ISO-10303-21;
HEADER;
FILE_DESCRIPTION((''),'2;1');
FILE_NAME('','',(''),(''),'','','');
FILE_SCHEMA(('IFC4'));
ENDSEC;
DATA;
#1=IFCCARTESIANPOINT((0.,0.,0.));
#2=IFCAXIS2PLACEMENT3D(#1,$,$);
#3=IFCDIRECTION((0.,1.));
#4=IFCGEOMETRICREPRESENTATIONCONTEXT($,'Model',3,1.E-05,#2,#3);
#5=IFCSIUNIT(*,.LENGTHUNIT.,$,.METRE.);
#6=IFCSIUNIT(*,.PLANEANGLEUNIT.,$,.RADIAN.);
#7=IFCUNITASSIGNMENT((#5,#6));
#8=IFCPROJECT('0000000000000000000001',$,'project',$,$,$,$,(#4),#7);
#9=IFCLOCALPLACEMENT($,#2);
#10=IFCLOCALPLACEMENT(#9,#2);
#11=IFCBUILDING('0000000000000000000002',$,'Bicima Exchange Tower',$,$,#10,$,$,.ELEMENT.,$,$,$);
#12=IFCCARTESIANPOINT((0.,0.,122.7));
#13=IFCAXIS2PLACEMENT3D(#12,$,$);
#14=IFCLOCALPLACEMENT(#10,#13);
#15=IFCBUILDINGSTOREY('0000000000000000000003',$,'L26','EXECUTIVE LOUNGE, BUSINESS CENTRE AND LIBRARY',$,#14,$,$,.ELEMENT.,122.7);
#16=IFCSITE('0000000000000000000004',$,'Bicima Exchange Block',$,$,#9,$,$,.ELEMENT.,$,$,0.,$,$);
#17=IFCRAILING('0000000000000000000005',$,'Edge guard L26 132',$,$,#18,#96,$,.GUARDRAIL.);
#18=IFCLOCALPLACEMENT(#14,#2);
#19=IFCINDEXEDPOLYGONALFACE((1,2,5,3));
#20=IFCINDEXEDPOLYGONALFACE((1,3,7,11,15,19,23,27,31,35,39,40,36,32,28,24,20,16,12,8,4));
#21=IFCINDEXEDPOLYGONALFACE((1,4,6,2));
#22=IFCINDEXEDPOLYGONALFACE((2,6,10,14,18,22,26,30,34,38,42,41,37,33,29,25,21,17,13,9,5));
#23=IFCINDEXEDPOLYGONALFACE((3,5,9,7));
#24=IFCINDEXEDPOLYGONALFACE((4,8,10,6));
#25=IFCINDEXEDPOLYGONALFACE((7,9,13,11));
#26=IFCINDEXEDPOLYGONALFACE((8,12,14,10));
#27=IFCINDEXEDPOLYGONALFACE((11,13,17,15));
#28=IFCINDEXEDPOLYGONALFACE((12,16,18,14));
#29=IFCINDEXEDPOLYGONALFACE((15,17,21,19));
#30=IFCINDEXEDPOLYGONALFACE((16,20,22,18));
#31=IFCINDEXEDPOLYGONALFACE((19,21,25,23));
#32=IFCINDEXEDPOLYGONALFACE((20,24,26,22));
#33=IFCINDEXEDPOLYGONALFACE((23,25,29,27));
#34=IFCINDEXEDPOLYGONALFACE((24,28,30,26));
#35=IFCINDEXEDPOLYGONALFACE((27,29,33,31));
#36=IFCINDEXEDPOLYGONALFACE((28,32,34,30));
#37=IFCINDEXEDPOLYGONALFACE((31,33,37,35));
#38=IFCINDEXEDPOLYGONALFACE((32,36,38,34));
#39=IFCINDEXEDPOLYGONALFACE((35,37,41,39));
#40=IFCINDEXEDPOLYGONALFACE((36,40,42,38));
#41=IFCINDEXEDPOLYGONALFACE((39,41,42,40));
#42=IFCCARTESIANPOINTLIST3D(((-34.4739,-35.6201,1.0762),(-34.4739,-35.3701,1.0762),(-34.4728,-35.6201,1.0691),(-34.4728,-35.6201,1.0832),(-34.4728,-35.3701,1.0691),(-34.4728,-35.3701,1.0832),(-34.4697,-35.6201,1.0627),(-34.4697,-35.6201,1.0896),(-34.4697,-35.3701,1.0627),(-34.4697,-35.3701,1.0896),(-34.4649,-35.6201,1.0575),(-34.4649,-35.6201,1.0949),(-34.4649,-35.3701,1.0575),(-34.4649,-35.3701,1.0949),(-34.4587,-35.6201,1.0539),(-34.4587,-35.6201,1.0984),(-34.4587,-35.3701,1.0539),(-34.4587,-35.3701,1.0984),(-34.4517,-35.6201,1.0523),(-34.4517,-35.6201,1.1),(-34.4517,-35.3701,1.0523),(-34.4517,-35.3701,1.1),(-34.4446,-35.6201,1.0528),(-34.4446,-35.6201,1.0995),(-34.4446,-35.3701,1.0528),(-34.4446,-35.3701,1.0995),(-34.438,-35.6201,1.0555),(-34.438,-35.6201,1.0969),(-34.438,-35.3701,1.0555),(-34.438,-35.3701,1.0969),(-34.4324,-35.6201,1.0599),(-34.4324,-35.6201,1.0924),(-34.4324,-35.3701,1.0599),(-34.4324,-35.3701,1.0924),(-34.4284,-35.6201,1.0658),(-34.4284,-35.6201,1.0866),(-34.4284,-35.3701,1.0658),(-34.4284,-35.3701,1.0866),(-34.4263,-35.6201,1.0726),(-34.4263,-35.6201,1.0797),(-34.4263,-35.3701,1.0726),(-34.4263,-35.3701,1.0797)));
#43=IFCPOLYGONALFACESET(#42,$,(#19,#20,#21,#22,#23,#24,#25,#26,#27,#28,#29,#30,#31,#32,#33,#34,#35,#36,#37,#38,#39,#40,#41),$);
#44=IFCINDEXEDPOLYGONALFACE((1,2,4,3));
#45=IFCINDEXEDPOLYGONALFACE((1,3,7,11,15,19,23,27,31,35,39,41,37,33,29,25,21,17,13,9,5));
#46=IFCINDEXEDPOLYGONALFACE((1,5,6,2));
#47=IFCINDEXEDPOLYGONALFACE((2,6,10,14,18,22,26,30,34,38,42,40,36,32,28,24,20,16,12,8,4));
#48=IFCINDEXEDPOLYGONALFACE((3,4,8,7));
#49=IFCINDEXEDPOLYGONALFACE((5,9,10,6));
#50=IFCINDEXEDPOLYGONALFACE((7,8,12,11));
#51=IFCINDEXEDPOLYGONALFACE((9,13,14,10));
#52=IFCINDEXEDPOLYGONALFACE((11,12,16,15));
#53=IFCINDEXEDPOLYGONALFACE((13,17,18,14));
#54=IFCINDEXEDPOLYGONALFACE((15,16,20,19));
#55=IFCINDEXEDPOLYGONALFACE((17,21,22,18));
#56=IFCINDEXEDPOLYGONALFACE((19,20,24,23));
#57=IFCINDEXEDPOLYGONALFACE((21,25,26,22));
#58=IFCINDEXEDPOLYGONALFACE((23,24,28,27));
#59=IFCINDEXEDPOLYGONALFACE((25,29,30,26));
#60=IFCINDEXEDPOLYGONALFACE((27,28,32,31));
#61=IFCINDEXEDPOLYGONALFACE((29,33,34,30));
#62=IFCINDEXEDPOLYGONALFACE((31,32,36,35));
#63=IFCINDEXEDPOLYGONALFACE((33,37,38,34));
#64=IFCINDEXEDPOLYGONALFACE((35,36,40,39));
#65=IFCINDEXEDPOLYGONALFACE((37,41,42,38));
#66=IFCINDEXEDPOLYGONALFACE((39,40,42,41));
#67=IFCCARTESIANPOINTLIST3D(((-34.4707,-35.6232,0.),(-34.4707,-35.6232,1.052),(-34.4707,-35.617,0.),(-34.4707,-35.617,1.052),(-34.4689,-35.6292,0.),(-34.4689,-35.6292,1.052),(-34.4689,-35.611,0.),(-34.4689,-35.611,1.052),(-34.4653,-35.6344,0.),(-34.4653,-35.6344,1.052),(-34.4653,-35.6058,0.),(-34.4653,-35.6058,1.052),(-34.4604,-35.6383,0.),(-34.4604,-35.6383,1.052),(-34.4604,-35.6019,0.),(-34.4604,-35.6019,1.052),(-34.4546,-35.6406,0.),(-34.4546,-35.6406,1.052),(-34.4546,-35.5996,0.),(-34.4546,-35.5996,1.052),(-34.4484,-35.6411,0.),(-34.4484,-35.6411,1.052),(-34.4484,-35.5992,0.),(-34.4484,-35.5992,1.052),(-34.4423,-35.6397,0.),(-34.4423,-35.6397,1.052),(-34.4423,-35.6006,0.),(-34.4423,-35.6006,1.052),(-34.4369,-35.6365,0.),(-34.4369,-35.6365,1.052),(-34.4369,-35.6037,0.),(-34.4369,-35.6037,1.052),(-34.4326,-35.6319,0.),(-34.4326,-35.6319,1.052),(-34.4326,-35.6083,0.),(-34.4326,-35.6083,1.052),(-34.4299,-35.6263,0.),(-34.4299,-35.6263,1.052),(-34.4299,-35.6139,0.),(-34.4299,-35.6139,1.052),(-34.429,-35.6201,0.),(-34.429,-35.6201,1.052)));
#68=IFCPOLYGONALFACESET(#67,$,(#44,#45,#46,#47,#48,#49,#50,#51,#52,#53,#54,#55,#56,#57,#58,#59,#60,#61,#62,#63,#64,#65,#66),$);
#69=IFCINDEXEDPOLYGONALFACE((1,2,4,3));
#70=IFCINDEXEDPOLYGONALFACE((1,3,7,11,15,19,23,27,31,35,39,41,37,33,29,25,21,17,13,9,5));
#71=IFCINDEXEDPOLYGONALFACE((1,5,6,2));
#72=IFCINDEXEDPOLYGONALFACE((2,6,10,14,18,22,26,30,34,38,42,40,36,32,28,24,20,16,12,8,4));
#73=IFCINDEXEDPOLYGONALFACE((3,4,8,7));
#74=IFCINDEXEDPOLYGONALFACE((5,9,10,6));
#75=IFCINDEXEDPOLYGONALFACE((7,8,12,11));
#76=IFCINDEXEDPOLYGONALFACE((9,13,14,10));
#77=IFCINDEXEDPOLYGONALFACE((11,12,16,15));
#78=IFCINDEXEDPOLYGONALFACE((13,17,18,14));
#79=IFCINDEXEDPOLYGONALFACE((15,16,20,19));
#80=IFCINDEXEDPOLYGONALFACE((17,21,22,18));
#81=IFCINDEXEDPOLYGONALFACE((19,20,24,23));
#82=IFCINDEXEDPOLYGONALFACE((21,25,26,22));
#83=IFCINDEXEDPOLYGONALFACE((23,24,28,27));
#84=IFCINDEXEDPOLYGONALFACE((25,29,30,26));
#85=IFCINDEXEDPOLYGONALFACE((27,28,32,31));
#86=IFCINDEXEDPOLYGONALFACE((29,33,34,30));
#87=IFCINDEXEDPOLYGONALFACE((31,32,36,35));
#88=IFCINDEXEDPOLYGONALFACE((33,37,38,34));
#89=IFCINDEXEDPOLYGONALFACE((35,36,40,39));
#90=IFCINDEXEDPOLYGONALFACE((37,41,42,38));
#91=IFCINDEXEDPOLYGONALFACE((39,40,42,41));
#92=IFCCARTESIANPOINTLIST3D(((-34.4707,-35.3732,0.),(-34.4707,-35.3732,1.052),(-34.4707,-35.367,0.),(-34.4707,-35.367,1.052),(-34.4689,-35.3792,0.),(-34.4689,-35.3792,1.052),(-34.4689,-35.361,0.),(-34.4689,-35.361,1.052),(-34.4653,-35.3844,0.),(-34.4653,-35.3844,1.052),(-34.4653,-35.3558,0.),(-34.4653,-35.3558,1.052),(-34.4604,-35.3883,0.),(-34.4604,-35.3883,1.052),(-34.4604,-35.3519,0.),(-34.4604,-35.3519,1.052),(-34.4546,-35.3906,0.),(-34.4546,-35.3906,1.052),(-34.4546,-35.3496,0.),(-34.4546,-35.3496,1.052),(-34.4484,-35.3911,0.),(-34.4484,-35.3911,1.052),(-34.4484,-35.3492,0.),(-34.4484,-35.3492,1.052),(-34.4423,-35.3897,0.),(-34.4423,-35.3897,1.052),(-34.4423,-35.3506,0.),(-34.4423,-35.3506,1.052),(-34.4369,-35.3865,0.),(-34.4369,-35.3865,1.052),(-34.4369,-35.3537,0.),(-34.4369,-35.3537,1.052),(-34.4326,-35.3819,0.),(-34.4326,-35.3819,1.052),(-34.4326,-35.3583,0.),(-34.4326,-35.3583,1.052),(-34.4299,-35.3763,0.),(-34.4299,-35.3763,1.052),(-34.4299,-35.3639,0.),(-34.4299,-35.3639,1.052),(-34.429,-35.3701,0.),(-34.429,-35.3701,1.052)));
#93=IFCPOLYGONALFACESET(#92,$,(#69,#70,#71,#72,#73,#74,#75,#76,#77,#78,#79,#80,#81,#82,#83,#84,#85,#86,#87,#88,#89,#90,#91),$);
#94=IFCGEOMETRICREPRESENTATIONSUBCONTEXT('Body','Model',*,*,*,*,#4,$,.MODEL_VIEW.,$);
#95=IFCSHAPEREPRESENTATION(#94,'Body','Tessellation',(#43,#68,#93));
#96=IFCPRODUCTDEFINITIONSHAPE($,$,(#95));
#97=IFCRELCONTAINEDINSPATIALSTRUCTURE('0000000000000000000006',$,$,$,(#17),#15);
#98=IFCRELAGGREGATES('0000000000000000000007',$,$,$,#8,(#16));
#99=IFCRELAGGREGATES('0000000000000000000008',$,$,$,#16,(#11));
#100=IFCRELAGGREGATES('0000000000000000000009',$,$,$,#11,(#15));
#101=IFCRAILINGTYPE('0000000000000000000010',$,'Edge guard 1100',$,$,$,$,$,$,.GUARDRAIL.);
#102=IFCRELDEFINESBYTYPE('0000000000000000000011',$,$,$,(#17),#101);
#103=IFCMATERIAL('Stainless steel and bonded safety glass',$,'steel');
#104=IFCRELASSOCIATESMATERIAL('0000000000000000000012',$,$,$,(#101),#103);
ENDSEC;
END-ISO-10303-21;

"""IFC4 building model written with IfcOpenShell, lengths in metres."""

from ifc_helpers import new_model, si_unit, direction, frame, origin, origin_2d, place, context, subcontext, project, spatial, circle, extrude, material, type_object, element, save


model = new_model("IFC4")

# Units and contexts
model_context = context("Model", 3, precision=1e-05, world=origin(), true_north=direction((0.0, 1.0)))
body_context = subcontext(model_context, "Body", "Model", "MODEL_VIEW")
ifc_project = project(units=[si_unit("LENGTHUNIT", "METRE"), si_unit("PLANEANGLEUNIT", "RADIAN")], contexts=[model_context])

# Site, building, storey
site_placement = place(None, origin())
site = spatial("IfcSite", under=ifc_project, at=site_placement, Name="Bicima Exchange Block", CompositionType="ELEMENT", RefElevation=0.0)
building_placement = place(site_placement, origin())
building = spatial("IfcBuilding", under=site, at=building_placement, Name="Bicima Exchange Tower", CompositionType="ELEMENT")
storey_placement = place(building_placement, frame((0.0, 0.0, 122.7)))
storey = spatial("IfcBuildingStorey", under=building, at=storey_placement, Name="L26", Description="EXECUTIVE LOUNGE, BUSINESS CENTRE AND LIBRARY", CompositionType="ELEMENT", Elevation=122.7)

# Railing
ifc_material_1 = material(Name="Stainless steel and bonded safety glass", Category="steel")
railing_type = type_object("IfcRailingType", Name="Edge guard 1100", PredefinedType="GUARDRAIL", material=ifc_material_1)
railing_1_placement = place(storey_placement, frame((-34.45, -35.6201, 0.0)))
element("IfcRailing", 1, at=railing_1_placement, inside=storey, type_object=railing_type, Name="Edge guard L26 132", PredefinedType="GUARDRAIL", context=body_context, shape_type="SweptSolid", body=[
    extrude(circle(Radius=0.0239, at=origin_2d()), frame((0.0, 0.0, 1.0762), z_axis=(0.0, 1.0, 0.0), x_axis=(-1.0, 0.0, 0.0)), (0.0, 0.0, 1.0), 0.25),
    extrude(circle(Radius=0.021, at=origin_2d()), origin(), (0.0, 0.0, 1.0), 1.052),
    extrude(circle(Radius=0.021, at=origin_2d()), frame((0.0, 0.25, 0.0)), (0.0, 0.0, 1.0), 1.052),
])

save(model, "model.ifc")
